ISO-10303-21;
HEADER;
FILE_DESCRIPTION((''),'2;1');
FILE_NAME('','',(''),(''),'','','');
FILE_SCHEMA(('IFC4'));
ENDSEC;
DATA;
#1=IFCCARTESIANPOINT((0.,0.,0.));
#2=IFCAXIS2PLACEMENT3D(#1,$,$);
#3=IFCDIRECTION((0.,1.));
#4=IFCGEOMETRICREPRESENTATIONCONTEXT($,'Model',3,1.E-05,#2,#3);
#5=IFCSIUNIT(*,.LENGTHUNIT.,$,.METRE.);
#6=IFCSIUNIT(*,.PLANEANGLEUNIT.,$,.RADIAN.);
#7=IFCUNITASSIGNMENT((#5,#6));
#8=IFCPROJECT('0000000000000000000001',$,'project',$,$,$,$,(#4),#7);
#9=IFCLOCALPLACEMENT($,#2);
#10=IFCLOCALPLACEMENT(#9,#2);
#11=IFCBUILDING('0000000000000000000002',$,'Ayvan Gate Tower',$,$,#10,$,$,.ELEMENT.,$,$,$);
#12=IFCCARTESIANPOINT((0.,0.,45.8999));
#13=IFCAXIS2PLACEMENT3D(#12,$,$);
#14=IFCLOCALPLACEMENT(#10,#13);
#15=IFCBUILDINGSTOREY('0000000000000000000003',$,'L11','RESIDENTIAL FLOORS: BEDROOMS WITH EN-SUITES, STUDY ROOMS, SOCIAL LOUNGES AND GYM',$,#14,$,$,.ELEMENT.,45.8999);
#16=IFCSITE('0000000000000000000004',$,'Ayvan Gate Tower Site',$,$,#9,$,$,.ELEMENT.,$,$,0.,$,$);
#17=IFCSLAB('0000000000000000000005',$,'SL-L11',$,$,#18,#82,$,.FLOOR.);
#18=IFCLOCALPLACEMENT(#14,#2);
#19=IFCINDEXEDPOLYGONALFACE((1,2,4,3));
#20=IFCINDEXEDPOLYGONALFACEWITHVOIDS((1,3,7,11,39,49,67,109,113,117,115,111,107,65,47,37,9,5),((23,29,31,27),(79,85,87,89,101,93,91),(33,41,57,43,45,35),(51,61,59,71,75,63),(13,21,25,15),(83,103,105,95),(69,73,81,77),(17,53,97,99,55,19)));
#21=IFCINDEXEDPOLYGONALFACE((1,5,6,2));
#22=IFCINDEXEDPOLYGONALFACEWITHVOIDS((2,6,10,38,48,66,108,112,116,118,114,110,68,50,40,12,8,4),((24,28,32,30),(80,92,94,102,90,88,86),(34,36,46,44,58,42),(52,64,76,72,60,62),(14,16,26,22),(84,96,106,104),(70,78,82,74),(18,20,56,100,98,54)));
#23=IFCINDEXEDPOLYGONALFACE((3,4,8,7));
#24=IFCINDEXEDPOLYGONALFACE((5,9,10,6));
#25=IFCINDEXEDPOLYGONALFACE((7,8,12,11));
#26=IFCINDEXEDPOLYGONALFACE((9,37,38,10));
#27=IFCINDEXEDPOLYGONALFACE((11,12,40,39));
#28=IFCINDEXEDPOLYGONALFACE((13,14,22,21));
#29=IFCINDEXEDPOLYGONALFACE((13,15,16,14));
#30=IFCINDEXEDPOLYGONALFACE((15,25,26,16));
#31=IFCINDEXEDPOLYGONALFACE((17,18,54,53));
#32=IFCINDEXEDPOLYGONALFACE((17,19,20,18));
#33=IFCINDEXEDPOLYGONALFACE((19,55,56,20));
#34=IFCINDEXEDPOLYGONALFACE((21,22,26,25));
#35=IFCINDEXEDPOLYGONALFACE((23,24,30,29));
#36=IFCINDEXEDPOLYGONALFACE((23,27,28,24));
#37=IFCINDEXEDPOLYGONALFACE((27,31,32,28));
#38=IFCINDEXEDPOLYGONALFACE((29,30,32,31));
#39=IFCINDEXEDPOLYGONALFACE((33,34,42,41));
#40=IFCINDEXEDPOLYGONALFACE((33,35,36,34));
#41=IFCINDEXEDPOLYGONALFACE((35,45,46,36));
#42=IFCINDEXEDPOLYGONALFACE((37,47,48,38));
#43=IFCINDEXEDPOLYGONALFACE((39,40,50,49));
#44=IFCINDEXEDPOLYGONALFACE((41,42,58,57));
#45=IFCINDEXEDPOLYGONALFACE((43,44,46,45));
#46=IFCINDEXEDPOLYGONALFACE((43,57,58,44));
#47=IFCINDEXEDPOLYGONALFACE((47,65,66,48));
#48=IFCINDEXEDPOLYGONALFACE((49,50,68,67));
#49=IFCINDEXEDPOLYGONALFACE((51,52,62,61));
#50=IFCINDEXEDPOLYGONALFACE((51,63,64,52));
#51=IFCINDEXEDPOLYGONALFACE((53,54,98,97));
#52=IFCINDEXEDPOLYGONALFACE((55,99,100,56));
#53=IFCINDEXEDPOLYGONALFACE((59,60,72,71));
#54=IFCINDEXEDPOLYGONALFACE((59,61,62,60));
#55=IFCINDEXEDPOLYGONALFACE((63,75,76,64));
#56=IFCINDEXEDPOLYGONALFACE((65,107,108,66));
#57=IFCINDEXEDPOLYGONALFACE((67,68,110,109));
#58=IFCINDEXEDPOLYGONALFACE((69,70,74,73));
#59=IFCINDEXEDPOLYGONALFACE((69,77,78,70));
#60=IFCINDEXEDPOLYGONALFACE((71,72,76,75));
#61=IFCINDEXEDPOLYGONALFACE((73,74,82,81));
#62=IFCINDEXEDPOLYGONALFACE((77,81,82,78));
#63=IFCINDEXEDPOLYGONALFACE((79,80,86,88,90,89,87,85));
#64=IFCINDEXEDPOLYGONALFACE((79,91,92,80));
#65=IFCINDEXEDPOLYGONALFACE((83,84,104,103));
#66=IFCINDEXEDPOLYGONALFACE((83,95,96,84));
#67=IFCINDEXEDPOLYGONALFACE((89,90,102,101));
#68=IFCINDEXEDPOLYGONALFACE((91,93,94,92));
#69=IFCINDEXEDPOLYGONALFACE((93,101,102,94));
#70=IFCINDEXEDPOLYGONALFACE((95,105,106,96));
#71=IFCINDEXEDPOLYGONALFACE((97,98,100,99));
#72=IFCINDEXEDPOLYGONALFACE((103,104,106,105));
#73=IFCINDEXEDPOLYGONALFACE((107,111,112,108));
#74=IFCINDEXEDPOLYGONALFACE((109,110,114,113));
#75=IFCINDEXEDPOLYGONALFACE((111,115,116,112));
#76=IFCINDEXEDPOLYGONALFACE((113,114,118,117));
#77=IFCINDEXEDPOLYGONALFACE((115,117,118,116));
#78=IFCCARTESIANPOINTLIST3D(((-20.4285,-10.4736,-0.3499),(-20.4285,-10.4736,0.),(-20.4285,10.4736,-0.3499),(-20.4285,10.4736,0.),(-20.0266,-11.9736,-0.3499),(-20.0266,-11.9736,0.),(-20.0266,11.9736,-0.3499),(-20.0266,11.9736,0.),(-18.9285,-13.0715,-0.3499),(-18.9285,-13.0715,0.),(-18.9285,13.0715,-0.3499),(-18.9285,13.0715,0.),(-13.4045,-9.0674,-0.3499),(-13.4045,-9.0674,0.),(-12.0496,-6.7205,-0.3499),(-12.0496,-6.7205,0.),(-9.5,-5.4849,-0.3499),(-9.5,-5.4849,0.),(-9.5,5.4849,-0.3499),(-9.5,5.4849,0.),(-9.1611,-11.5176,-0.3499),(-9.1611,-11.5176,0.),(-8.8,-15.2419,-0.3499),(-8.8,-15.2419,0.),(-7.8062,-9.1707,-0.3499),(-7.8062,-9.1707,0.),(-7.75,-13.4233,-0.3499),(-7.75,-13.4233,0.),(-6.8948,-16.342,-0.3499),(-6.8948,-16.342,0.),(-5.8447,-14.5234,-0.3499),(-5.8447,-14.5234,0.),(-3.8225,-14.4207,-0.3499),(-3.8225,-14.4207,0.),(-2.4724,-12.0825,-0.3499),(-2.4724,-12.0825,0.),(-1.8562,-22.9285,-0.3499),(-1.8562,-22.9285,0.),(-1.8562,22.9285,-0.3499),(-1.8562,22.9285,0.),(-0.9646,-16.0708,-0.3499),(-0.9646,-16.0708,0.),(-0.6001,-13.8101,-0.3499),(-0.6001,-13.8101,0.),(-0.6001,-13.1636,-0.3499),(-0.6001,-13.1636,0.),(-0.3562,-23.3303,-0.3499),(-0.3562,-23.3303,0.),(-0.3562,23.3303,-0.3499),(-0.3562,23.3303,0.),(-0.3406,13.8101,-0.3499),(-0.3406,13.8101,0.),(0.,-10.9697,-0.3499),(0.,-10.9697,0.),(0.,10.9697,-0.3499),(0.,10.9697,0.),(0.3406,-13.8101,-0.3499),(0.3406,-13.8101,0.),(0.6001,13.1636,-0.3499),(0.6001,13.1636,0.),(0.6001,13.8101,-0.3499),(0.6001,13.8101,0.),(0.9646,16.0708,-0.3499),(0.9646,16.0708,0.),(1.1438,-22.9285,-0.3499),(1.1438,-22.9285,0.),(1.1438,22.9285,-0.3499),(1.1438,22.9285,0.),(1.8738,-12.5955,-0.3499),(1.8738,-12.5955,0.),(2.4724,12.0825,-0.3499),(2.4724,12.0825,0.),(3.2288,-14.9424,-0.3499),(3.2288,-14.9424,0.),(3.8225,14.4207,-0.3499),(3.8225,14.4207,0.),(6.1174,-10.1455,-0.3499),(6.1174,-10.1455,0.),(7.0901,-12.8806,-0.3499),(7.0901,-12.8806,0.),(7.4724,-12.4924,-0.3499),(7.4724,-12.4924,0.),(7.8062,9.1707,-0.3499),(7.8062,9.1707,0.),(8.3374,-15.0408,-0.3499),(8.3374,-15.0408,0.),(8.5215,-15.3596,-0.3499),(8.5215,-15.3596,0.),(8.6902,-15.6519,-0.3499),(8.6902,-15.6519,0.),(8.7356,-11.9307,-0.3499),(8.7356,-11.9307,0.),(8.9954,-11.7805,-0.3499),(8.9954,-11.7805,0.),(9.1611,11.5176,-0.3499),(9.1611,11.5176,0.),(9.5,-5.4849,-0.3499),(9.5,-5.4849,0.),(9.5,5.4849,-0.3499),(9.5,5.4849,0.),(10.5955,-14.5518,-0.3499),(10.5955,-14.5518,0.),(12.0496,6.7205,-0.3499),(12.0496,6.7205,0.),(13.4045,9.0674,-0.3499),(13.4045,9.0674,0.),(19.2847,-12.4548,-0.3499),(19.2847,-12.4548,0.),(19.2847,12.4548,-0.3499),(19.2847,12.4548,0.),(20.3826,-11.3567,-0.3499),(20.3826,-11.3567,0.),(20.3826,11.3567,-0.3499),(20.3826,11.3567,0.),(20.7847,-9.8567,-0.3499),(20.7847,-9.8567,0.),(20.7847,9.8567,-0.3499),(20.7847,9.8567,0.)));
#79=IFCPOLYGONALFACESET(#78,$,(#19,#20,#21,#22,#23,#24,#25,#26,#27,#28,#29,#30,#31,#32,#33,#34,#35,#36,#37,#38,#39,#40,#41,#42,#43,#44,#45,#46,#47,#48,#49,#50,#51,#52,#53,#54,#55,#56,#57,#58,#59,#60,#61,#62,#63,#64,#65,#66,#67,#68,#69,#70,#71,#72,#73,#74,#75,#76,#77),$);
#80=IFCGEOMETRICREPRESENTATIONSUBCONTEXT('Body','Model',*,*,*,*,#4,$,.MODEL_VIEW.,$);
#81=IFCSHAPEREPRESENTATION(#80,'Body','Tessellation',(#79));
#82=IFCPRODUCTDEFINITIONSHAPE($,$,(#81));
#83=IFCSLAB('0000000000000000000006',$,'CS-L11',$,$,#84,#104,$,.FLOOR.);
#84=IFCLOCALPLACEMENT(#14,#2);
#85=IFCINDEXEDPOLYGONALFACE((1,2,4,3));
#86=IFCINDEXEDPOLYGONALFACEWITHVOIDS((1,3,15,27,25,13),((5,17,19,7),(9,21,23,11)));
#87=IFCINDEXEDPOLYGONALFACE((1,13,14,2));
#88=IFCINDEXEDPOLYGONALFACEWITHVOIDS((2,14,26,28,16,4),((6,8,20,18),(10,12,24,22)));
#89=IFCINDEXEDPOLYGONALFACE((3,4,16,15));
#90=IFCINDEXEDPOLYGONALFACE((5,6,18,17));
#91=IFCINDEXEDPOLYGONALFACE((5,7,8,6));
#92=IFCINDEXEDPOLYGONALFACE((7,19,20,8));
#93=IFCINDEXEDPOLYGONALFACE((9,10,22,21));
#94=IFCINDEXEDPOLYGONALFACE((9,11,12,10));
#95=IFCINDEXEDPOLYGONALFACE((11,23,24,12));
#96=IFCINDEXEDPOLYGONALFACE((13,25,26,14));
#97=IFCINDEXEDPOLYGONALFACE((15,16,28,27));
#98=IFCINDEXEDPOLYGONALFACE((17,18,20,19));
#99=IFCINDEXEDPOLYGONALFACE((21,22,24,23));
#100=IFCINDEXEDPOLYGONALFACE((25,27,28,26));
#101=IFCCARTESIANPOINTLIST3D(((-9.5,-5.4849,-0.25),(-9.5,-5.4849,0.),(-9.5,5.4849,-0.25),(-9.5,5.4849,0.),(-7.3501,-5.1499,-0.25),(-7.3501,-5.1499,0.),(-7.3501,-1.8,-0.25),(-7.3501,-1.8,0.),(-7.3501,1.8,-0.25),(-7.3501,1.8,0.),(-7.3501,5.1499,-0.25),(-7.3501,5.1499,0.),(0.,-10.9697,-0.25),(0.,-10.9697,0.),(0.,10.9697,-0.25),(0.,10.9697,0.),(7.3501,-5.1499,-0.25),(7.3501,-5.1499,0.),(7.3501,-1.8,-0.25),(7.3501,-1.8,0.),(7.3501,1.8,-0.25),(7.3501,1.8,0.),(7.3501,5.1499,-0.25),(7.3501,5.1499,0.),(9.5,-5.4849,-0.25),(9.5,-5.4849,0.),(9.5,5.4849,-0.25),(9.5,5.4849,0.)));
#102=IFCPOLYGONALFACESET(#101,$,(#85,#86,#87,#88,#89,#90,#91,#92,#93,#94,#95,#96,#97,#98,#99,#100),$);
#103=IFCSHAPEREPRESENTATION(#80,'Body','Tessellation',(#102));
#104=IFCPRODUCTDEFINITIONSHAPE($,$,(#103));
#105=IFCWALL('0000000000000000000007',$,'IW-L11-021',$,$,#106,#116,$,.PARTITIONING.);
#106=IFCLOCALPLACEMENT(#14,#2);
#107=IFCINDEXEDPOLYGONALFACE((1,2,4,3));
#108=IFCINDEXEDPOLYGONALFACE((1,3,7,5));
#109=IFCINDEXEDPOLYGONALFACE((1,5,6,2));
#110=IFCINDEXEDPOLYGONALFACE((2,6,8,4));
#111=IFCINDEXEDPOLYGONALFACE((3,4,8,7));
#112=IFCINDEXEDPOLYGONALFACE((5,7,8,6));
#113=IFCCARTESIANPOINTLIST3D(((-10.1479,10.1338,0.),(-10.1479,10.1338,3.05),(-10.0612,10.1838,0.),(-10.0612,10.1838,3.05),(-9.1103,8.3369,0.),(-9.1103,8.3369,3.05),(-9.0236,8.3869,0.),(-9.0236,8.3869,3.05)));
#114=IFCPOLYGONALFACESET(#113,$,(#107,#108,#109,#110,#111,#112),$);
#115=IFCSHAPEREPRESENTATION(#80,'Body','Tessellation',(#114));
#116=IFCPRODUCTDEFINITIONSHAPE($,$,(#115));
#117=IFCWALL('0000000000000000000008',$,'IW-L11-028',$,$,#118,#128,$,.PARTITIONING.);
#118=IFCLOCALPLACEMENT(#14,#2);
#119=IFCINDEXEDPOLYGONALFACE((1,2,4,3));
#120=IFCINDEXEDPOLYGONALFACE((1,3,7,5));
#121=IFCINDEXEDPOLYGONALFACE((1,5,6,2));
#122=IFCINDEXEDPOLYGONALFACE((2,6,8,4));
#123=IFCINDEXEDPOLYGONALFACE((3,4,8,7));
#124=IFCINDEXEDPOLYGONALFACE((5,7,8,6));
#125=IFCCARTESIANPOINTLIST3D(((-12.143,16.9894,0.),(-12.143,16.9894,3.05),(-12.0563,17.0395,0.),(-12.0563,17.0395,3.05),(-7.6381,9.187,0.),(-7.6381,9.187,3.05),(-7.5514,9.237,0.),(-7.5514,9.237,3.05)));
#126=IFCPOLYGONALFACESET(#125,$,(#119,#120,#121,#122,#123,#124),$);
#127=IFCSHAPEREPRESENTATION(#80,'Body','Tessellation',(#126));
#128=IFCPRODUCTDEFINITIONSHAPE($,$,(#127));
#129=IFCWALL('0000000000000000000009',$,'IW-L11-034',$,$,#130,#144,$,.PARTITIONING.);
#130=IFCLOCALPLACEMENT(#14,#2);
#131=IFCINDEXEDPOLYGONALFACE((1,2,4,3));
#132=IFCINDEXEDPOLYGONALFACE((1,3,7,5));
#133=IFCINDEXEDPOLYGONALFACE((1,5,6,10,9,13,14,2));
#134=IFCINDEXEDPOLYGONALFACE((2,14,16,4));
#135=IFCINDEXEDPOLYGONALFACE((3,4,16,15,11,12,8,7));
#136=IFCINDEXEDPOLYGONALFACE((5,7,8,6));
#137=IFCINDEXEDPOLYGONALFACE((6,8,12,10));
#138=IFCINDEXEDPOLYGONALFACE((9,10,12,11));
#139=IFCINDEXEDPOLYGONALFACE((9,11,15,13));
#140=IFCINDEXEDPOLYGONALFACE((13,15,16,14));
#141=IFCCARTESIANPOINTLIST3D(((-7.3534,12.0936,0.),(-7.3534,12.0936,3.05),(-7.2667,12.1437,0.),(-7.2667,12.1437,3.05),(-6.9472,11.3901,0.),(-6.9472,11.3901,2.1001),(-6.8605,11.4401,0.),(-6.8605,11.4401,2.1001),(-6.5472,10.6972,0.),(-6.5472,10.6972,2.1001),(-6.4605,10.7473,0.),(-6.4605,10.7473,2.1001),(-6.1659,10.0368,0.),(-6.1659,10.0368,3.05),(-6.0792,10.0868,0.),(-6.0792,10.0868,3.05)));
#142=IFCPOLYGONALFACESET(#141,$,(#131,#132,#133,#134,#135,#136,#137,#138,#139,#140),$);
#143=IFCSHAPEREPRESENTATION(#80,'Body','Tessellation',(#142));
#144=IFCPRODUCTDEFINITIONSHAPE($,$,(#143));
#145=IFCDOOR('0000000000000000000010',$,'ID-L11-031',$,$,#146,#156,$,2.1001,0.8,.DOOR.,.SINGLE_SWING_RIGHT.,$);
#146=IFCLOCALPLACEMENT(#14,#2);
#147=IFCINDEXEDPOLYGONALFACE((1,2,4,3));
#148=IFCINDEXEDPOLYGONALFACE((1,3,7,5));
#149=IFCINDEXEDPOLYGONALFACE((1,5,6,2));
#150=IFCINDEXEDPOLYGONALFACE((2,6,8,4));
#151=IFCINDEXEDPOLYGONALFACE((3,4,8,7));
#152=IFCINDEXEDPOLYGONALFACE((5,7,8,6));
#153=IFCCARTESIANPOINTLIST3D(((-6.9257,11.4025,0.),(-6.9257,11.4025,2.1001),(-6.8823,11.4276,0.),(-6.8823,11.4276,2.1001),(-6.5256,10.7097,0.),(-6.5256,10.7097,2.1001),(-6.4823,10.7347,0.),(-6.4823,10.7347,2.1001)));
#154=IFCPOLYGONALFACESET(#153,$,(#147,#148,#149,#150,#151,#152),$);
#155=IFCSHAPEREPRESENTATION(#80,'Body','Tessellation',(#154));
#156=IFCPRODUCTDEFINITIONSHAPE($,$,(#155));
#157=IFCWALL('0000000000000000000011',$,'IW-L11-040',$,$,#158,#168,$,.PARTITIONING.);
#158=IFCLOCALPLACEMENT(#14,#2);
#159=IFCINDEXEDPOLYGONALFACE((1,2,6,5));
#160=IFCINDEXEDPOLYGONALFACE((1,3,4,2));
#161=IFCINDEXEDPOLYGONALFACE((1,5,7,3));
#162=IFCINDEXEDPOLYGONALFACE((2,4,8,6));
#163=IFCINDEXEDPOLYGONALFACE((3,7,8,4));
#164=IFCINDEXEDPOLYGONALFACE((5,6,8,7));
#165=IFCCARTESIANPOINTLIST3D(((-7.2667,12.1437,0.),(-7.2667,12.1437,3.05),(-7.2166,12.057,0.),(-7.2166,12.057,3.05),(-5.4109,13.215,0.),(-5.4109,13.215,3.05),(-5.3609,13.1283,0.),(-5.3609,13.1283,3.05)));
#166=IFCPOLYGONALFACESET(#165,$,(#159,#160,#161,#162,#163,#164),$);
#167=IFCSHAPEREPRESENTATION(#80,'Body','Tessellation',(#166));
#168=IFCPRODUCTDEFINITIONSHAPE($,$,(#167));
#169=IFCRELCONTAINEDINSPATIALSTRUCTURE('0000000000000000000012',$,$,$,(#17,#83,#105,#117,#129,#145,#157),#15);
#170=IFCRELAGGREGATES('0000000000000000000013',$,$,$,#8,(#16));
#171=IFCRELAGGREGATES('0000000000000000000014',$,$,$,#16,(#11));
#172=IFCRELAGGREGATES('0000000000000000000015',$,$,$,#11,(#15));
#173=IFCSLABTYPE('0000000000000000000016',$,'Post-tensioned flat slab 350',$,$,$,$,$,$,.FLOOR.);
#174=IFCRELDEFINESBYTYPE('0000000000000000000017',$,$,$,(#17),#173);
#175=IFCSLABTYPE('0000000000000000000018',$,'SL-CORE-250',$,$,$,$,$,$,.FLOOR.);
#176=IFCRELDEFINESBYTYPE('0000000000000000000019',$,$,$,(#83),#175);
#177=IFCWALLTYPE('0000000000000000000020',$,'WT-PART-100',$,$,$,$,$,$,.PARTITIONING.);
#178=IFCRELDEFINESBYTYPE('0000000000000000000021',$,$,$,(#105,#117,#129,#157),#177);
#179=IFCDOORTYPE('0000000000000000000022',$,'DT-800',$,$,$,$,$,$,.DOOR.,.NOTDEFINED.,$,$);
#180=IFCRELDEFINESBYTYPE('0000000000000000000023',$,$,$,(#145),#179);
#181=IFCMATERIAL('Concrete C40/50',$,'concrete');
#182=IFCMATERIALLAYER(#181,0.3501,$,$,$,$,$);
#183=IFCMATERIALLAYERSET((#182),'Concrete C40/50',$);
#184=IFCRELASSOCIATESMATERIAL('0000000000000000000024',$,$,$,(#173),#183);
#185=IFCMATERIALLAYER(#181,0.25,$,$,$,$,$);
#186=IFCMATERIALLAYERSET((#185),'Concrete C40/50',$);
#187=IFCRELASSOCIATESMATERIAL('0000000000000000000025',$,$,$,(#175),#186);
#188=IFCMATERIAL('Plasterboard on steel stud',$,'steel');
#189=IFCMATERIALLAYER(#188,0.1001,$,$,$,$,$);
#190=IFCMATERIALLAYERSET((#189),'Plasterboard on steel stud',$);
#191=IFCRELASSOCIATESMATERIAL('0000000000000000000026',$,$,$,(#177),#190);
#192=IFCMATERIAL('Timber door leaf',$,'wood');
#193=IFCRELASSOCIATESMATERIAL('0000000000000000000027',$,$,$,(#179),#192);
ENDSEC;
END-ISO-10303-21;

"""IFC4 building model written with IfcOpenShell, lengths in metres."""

from ifc_helpers import new_model, si_unit, direction, frame, frame_2d, origin, place, context, subcontext, project, spatial, polyline, rectangle, outline, extrude, material, layer, layer_set, type_object, element, fill, save


model = new_model("IFC4")

# Units and contexts
model_context = context("Model", 3, precision=1e-05, world=origin(), true_north=direction((0.0, 1.0)))
body_context = subcontext(model_context, "Body", "Model", "MODEL_VIEW")
ifc_project = project(units=[si_unit("LENGTHUNIT", "METRE"), si_unit("PLANEANGLEUNIT", "RADIAN")], contexts=[model_context])

# Site, building, storey
site_placement = place(None, origin())
site = spatial("IfcSite", under=ifc_project, at=site_placement, Name="Ayvan Gate Tower Site", CompositionType="ELEMENT", RefElevation=0.0)
building_placement = place(site_placement, origin())
building = spatial("IfcBuilding", under=site, at=building_placement, Name="Ayvan Gate Tower", CompositionType="ELEMENT")
storey_placement = place(building_placement, frame((0.0, 0.0, 45.8999)))
storey = spatial("IfcBuildingStorey", under=building, at=storey_placement, Name="L11", Description="RESIDENTIAL FLOORS: BEDROOMS WITH EN-SUITES, STUDY ROOMS, SOCIAL LOUNGES AND GYM", CompositionType="ELEMENT", Elevation=45.8999)

# Slabs
ifc_material_1 = material(Name="Concrete C40/50", Category="concrete")
ifc_layer_1 = layer(ifc_material_1, 0.3501)
ifc_layer_set_1 = layer_set([ifc_layer_1], Name="Concrete C40/50")
slab_type_1 = type_object("IfcSlabType", Name="Post-tensioned flat slab 350", PredefinedType="FLOOR", material=ifc_layer_set_1)
slab_1_placement = place(storey_placement, frame((0.0, 0.0, -0.3499)))
element("IfcSlab", 1, at=slab_1_placement, inside=storey, type_object=slab_type_1, Name="SL-L11", PredefinedType="FLOOR", context=body_context, shape_type="SweptSolid", body=[
    extrude(outline(polyline([(-1.8562, -22.9285), (-18.9285, -13.0715), (-20.0266, -11.9736), (-20.4285, -10.4736), (-20.4285, 10.4736), (-20.0266, 11.9736), (-18.9285, 13.0715), (-1.8562, 22.9285), (-0.3562, 23.3303), (1.1438, 22.9285), (19.2847, 12.4548), (20.3826, 11.3567), (20.7847, 9.8567), (20.7847, -9.8567), (20.3826, -11.3567), (19.2847, -12.4548), (1.1438, -22.9285), (-0.3562, -23.3303), (-1.8562, -22.9285)]), holes=[polyline([(9.1611, 11.5176), (7.8062, 9.1707), (12.0496, 6.7205), (13.4045, 9.0674), (9.1611, 11.5176)]), polyline([(8.9954, -11.7805), (8.7356, -11.9307), (7.0901, -12.8806), (8.3374, -15.0408), (8.5215, -15.3596), (8.6902, -15.6519), (10.5955, -14.5518), (8.9954, -11.7805)]), polyline([(-9.5, 5.4849), (-9.5, -5.4849), (0.0, -10.9697), (9.5, -5.4849), (9.5, 5.4849), (0.0, 10.9697), (-9.5, 5.4849)]), polyline([(7.4724, -12.4924), (6.1174, -10.1455), (1.8738, -12.5955), (3.2288, -14.9424), (7.4724, -12.4924)]), polyline([(3.8225, 14.4207), (0.9646, 16.0708), (-0.3406, 13.8101), (0.6001, 13.8101), (0.6001, 13.1636), (2.4724, 12.0825), (3.8225, 14.4207)]), polyline([(-0.6001, -13.8101), (-0.6001, -13.1636), (-2.4724, -12.0825), (-3.8225, -14.4207), (-0.9646, -16.0708), (0.3406, -13.8101), (-0.6001, -13.8101)]), polyline([(-8.8, -15.2419), (-6.8948, -16.342), (-5.8447, -14.5234), (-7.75, -13.4233), (-8.8, -15.2419)]), polyline([(-12.0496, -6.7205), (-13.4045, -9.0674), (-9.1611, -11.5176), (-7.8062, -9.1707), (-12.0496, -6.7205)])]), origin(), (0.0, 0.0, 1.0), 0.3499),
])
ifc_layer_2 = layer(ifc_material_1, 0.25)
ifc_layer_set_2 = layer_set([ifc_layer_2], Name="Concrete C40/50")
slab_type_2 = type_object("IfcSlabType", Name="SL-CORE-250", PredefinedType="FLOOR", material=ifc_layer_set_2)
slab_2_placement = place(storey_placement, frame((0.0, 0.0, -0.25)))
element("IfcSlab", 2, at=slab_2_placement, inside=storey, type_object=slab_type_2, Name="CS-L11", PredefinedType="FLOOR", context=body_context, shape_type="SweptSolid", body=[
    extrude(outline(polyline([(9.5, -5.4849), (0.0, -10.9697), (-9.5, -5.4849), (-9.5, 5.4849), (0.0, 10.9697), (9.5, 5.4849), (9.5, -5.4849)]), holes=[polyline([(-7.3501, -1.8), (-7.3501, -5.1499), (7.3501, -5.1499), (7.3501, -1.8), (-7.3501, -1.8)]), polyline([(-7.3501, 5.1499), (-7.3501, 1.8), (7.3501, 1.8), (7.3501, 5.1499), (-7.3501, 5.1499)])]), origin(), (0.0, 0.0, 1.0), 0.25),
])

# Walls
ifc_material_2 = material(Name="Plasterboard on steel stud", Category="steel")
ifc_layer_3 = layer(ifc_material_2, 0.1001)
ifc_layer_set_3 = layer_set([ifc_layer_3], Name="Plasterboard on steel stud")
wall_type_1 = type_object("IfcWallType", Name="WT-PART-100", PredefinedType="PARTITIONING", material=ifc_layer_set_3)
wall_1_placement = place(storey_placement, frame((-9.0669, 8.3618, 0.0), z_axis=(0.0, 0.0, 1.0), x_axis=(-0.500062, 0.86599, 0.0)))
element("IfcWall", 3, at=wall_1_placement, inside=storey, type_object=wall_type_1, Name="IW-L11-021", PredefinedType="PARTITIONING", context=body_context, shape_type="SweptSolid", body=[
    extrude(rectangle(XDim=2.075, YDim=0.1001, at=frame_2d((1.0376, 0.0))), origin(), (0.0, 0.0, 1.0), 3.05),
])
wall_2_placement = place(storey_placement, frame((-7.5947, 9.2119, 0.0), z_axis=(0.0, 0.0, 1.0), x_axis=(-0.500009, 0.86602, 0.0)))
element("IfcWall", 4, at=wall_2_placement, inside=storey, type_object=wall_type_1, Name="IW-L11-028", PredefinedType="PARTITIONING", context=body_context, shape_type="SweptSolid", body=[
    extrude(rectangle(XDim=9.0095, YDim=0.1001, at=frame_2d((4.5049, 0.0))), origin(), (0.0, 0.0, 1.0), 3.05),
])

# Wall, opening, door
wall_3_placement = place(storey_placement, frame((-7.3101, 12.1187, 0.0), z_axis=(0.0, 0.0, 1.0), x_axis=(0.499986, -0.866033, 0.0)))
wall_3 = element("IfcWall", 5, at=wall_3_placement, inside=storey, type_object=wall_type_1, Name="IW-L11-034", PredefinedType="PARTITIONING", context=body_context, shape_type="SweptSolid", body=[
    extrude(rectangle(XDim=2.375, YDim=0.1001, at=frame_2d((1.1875, 0.0))), origin(), (0.0, 0.0, 1.0), 3.05),
])
opening_placement = place(wall_3_placement, frame((0.8125, 0.0, 0.0)))
opening = element("IfcOpeningElement", 6, at=opening_placement, cuts=wall_3, PredefinedType="OPENING", context=body_context, shape_type="SweptSolid", body=[
    extrude(rectangle(XDim=0.8, YDim=2.1001, at=frame_2d((0.3999, 1.05))), frame((0.0, 0.0601, 0.0), z_axis=(0.0, -1.0, 0.0), x_axis=(1.0, 0.0, 0.0)), (0.0, 0.0, 1.0), 0.1201),
])
ifc_material_3 = material(Name="Timber door leaf", Category="wood")
door_type = type_object("IfcDoorType", Name="DT-800", OperationType="NOTDEFINED", PredefinedType="DOOR", material=ifc_material_3)
door_placement = place(opening_placement, origin())
door = element("IfcDoor", 7, at=door_placement, inside=storey, type_object=door_type, Name="ID-L11-031", OperationType="SINGLE_SWING_RIGHT", OverallHeight=2.1001, OverallWidth=0.8, PredefinedType="DOOR", context=body_context, shape_type="SweptSolid", body=[
    extrude(rectangle(XDim=0.8, YDim=2.1001, at=frame_2d((0.3999, 1.05))), frame((0.0, 0.0249, 0.0), z_axis=(0.0, -1.0, 0.0), x_axis=(1.0, 0.0, 0.0)), (0.0, 0.0, 1.0), 0.05),
])
fill(opening, door)

# Wall
wall_4_placement = place(storey_placement, frame((-5.386, 13.1716, 0.0), z_axis=(0.0, 0.0, 1.0), x_axis=(-0.866047, -0.499962, 0.0)))
element("IfcWall", 8, at=wall_4_placement, inside=storey, type_object=wall_type_1, Name="IW-L11-040", PredefinedType="PARTITIONING", context=body_context, shape_type="SweptSolid", body=[
    extrude(rectangle(XDim=2.1428, YDim=0.1001, at=frame_2d((1.0713, 0.0))), origin(), (0.0, 0.0, 1.0), 3.05),
])

save(model, "model.ifc")
